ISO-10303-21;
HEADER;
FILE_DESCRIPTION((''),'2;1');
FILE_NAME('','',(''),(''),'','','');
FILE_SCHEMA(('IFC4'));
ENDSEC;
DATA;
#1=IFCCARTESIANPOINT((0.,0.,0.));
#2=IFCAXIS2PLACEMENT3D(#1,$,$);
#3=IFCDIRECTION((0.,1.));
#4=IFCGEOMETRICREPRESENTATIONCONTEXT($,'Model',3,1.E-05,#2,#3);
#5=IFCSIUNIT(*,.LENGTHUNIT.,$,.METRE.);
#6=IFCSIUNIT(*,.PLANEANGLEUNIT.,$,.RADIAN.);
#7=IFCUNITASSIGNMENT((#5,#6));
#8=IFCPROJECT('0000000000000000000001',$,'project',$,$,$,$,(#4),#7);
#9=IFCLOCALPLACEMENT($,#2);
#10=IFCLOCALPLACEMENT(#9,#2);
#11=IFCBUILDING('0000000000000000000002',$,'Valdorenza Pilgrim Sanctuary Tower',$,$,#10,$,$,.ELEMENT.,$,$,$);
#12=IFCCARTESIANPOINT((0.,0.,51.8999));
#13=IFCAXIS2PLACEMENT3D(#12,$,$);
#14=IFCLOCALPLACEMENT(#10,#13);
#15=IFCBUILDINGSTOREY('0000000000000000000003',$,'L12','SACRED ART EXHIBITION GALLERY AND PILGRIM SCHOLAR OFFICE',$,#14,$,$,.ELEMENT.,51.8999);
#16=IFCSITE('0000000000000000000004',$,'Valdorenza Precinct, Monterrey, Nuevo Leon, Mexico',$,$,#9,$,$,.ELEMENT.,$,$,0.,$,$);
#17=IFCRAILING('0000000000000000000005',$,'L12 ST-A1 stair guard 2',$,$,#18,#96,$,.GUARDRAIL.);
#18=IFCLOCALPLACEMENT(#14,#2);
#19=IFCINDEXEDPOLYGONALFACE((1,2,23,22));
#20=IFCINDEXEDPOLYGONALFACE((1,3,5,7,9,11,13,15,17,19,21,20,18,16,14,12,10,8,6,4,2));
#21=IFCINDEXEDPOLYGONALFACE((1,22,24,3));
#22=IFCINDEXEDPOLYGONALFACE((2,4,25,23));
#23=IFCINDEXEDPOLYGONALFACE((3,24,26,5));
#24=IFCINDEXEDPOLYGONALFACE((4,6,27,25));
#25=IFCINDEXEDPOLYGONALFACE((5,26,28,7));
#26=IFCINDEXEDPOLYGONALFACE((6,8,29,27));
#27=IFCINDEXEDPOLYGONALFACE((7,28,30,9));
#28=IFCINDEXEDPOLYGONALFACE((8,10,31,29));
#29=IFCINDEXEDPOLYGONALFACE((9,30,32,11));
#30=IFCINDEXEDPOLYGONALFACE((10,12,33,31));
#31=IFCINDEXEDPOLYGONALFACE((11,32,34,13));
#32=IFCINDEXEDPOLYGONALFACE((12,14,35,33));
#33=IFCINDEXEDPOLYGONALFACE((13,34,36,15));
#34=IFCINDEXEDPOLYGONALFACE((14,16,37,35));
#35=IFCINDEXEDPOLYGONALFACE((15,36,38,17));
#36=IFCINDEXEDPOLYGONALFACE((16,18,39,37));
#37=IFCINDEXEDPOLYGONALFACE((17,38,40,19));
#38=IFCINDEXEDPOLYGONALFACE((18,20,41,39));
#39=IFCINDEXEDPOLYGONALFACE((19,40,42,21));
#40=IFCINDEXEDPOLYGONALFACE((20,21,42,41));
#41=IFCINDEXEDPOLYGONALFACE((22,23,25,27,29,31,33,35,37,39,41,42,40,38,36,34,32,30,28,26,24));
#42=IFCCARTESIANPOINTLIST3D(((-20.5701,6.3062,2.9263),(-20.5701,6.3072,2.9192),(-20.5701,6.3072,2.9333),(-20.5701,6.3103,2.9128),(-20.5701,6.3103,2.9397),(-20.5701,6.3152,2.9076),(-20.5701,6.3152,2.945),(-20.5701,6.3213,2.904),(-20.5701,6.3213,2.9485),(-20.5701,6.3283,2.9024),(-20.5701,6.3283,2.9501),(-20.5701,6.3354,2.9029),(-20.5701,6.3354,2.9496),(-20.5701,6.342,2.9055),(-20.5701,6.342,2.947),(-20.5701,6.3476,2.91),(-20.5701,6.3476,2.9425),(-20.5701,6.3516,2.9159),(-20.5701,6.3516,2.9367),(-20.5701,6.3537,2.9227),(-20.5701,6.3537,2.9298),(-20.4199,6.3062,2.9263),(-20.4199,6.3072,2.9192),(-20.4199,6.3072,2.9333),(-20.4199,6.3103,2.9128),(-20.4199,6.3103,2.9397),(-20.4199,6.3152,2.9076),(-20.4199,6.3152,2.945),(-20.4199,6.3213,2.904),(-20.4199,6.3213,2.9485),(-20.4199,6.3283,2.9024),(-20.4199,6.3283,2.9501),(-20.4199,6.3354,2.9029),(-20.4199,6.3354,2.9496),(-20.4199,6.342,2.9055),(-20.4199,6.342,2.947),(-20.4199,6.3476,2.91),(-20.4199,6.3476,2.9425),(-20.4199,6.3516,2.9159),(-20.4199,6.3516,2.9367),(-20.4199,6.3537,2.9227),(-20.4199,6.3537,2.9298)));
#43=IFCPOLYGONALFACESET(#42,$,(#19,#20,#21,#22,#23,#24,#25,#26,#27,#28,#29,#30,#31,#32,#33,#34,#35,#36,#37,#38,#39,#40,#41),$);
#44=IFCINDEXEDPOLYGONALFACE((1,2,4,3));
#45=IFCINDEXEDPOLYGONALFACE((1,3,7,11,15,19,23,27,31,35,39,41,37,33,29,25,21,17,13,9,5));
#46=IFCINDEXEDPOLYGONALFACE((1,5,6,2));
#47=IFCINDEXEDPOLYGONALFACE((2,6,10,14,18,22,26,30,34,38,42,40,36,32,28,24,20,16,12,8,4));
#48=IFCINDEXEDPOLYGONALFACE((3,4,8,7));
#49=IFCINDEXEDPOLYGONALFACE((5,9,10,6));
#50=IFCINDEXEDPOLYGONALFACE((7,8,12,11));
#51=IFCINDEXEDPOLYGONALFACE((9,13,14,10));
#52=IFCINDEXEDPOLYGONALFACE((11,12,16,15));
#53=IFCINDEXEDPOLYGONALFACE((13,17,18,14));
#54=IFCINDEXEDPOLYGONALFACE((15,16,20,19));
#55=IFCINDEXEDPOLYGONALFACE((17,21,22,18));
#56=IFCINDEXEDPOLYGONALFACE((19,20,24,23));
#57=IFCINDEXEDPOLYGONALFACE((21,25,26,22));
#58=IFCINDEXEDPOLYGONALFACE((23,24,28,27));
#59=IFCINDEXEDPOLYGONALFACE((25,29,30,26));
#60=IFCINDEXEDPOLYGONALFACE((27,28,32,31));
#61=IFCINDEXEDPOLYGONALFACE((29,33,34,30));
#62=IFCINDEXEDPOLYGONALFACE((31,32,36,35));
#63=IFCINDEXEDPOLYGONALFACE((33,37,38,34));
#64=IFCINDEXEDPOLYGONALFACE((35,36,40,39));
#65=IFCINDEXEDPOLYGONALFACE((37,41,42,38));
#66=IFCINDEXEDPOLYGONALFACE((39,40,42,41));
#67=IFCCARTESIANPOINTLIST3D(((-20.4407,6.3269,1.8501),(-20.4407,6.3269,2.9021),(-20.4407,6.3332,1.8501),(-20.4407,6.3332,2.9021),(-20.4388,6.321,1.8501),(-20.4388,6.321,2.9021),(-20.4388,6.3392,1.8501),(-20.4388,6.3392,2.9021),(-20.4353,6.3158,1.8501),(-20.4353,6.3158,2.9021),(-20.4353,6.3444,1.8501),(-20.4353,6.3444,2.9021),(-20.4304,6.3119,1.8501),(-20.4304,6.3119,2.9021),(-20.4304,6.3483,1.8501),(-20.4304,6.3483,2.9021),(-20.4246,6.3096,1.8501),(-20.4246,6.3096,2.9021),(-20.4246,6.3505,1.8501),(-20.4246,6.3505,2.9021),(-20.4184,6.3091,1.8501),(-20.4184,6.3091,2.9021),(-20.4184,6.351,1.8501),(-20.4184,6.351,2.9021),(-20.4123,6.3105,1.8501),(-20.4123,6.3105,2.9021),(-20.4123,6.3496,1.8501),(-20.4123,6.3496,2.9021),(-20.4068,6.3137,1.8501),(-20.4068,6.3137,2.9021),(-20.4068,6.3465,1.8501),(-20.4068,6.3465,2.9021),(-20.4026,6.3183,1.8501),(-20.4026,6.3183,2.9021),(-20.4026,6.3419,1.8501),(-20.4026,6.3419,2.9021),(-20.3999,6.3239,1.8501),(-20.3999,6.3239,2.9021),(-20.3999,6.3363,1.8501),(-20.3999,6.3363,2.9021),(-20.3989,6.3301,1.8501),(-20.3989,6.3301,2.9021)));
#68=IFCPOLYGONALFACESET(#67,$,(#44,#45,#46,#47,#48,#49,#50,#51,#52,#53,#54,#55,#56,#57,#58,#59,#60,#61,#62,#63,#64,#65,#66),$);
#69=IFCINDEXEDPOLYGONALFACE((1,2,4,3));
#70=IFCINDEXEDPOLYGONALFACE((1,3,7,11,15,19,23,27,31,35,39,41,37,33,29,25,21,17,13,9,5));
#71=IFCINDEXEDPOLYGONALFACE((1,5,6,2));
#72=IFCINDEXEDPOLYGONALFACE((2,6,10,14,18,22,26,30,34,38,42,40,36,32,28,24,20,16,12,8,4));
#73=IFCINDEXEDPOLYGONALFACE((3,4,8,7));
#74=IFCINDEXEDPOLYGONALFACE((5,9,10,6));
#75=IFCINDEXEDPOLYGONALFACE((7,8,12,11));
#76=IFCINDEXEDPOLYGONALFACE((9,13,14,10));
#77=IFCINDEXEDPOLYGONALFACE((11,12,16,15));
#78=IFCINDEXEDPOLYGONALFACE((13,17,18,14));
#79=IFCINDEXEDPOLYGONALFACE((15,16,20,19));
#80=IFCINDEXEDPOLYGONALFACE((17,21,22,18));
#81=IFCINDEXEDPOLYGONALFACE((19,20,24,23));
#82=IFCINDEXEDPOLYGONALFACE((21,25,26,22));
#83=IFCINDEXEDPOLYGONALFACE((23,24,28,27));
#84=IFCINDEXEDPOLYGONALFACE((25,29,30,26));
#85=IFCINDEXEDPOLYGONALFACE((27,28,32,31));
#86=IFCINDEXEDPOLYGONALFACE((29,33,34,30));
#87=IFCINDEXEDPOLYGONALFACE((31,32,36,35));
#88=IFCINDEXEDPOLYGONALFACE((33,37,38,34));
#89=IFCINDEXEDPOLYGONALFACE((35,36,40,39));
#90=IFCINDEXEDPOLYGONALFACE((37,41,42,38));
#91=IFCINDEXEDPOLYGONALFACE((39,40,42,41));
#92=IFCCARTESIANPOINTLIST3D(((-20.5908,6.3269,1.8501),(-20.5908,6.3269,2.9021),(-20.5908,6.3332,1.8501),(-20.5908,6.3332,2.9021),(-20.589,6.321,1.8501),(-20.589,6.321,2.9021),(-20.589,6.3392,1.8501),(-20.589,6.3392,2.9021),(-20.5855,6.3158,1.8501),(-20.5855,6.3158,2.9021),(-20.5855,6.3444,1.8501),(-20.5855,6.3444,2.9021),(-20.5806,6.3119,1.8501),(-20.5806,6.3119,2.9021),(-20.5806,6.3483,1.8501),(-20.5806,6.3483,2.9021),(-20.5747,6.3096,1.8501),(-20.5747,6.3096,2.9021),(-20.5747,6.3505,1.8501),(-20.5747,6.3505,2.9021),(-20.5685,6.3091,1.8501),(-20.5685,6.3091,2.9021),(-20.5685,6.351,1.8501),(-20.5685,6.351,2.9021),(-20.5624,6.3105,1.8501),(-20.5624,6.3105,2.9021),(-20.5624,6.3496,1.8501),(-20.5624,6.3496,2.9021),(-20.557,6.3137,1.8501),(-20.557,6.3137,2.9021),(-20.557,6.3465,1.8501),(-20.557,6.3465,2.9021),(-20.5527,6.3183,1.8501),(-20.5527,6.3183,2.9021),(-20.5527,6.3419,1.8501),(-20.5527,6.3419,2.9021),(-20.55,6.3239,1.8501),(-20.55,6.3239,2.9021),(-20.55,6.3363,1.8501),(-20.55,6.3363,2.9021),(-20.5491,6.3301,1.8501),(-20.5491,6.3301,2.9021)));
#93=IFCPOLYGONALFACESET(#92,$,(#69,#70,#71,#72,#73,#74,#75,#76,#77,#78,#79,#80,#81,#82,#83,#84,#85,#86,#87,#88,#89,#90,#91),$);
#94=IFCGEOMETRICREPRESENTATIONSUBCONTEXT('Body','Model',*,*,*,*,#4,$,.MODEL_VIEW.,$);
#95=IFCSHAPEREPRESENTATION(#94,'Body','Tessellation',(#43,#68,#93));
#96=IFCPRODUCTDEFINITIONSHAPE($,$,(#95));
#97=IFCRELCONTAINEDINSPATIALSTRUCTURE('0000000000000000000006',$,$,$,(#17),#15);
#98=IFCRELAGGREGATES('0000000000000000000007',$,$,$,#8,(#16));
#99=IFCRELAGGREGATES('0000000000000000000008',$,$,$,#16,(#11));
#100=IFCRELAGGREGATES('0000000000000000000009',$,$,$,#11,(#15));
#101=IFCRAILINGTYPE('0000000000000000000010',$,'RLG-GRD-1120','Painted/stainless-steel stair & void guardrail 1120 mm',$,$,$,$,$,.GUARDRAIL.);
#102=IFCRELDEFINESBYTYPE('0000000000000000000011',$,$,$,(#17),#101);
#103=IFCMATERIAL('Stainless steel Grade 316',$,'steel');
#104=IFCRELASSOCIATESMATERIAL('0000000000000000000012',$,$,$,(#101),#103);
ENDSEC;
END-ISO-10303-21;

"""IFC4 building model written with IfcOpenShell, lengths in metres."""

from ifc_helpers import new_model, si_unit, direction, frame, origin, origin_2d, place, context, subcontext, project, spatial, circle, extrude, material, type_object, element, save


model = new_model("IFC4")

# Units and contexts
model_context = context("Model", 3, precision=1e-05, world=origin(), true_north=direction((0.0, 1.0)))
body_context = subcontext(model_context, "Body", "Model", "MODEL_VIEW")
ifc_project = project(units=[si_unit("LENGTHUNIT", "METRE"), si_unit("PLANEANGLEUNIT", "RADIAN")], contexts=[model_context])

# Site, building, storey
site_placement = place(None, origin())
site = spatial("IfcSite", under=ifc_project, at=site_placement, Name="Valdorenza Precinct, Monterrey, Nuevo Leon, Mexico", CompositionType="ELEMENT", RefElevation=0.0)
building_placement = place(site_placement, origin())
building = spatial("IfcBuilding", under=site, at=building_placement, Name="Valdorenza Pilgrim Sanctuary Tower", CompositionType="ELEMENT")
storey_placement = place(building_placement, frame((0.0, 0.0, 51.8999)))
storey = spatial("IfcBuildingStorey", under=building, at=storey_placement, Name="L12", Description="SACRED ART EXHIBITION GALLERY AND PILGRIM SCHOLAR OFFICE", CompositionType="ELEMENT", Elevation=51.8999)

# Railing
ifc_material_1 = material(Name="Stainless steel Grade 316", Category="steel")
railing_type_1 = type_object("IfcRailingType", Name="RLG-GRD-1120", Description="Painted/stainless-steel stair & void guardrail 1120 mm", PredefinedType="GUARDRAIL", material=ifc_material_1)
railing_1_placement = place(storey_placement, frame((-20.4199, 6.3301, 1.8501)))
element("IfcRailing", 1, at=railing_1_placement, inside=storey, type_object=railing_type_1, Name="L12 ST-A1 stair guard 2", PredefinedType="GUARDRAIL", context=body_context, shape_type="SweptSolid", body=[
    extrude(circle(Radius=0.0239, at=origin_2d()), frame((0.0, 0.0, 1.0762), z_axis=(-1.0, 0.0, 0.0), x_axis=(0.0, -1.0, 0.0)), (0.0, 0.0, 1.0), 0.1501),
    extrude(circle(Radius=0.021, at=origin_2d()), origin(), (0.0, 0.0, 1.0), 1.052),
    extrude(circle(Radius=0.021, at=origin_2d()), frame((-0.1501, 0.0, 0.0)), (0.0, 0.0, 1.0), 1.052),
])

save(model, "model.ifc")
